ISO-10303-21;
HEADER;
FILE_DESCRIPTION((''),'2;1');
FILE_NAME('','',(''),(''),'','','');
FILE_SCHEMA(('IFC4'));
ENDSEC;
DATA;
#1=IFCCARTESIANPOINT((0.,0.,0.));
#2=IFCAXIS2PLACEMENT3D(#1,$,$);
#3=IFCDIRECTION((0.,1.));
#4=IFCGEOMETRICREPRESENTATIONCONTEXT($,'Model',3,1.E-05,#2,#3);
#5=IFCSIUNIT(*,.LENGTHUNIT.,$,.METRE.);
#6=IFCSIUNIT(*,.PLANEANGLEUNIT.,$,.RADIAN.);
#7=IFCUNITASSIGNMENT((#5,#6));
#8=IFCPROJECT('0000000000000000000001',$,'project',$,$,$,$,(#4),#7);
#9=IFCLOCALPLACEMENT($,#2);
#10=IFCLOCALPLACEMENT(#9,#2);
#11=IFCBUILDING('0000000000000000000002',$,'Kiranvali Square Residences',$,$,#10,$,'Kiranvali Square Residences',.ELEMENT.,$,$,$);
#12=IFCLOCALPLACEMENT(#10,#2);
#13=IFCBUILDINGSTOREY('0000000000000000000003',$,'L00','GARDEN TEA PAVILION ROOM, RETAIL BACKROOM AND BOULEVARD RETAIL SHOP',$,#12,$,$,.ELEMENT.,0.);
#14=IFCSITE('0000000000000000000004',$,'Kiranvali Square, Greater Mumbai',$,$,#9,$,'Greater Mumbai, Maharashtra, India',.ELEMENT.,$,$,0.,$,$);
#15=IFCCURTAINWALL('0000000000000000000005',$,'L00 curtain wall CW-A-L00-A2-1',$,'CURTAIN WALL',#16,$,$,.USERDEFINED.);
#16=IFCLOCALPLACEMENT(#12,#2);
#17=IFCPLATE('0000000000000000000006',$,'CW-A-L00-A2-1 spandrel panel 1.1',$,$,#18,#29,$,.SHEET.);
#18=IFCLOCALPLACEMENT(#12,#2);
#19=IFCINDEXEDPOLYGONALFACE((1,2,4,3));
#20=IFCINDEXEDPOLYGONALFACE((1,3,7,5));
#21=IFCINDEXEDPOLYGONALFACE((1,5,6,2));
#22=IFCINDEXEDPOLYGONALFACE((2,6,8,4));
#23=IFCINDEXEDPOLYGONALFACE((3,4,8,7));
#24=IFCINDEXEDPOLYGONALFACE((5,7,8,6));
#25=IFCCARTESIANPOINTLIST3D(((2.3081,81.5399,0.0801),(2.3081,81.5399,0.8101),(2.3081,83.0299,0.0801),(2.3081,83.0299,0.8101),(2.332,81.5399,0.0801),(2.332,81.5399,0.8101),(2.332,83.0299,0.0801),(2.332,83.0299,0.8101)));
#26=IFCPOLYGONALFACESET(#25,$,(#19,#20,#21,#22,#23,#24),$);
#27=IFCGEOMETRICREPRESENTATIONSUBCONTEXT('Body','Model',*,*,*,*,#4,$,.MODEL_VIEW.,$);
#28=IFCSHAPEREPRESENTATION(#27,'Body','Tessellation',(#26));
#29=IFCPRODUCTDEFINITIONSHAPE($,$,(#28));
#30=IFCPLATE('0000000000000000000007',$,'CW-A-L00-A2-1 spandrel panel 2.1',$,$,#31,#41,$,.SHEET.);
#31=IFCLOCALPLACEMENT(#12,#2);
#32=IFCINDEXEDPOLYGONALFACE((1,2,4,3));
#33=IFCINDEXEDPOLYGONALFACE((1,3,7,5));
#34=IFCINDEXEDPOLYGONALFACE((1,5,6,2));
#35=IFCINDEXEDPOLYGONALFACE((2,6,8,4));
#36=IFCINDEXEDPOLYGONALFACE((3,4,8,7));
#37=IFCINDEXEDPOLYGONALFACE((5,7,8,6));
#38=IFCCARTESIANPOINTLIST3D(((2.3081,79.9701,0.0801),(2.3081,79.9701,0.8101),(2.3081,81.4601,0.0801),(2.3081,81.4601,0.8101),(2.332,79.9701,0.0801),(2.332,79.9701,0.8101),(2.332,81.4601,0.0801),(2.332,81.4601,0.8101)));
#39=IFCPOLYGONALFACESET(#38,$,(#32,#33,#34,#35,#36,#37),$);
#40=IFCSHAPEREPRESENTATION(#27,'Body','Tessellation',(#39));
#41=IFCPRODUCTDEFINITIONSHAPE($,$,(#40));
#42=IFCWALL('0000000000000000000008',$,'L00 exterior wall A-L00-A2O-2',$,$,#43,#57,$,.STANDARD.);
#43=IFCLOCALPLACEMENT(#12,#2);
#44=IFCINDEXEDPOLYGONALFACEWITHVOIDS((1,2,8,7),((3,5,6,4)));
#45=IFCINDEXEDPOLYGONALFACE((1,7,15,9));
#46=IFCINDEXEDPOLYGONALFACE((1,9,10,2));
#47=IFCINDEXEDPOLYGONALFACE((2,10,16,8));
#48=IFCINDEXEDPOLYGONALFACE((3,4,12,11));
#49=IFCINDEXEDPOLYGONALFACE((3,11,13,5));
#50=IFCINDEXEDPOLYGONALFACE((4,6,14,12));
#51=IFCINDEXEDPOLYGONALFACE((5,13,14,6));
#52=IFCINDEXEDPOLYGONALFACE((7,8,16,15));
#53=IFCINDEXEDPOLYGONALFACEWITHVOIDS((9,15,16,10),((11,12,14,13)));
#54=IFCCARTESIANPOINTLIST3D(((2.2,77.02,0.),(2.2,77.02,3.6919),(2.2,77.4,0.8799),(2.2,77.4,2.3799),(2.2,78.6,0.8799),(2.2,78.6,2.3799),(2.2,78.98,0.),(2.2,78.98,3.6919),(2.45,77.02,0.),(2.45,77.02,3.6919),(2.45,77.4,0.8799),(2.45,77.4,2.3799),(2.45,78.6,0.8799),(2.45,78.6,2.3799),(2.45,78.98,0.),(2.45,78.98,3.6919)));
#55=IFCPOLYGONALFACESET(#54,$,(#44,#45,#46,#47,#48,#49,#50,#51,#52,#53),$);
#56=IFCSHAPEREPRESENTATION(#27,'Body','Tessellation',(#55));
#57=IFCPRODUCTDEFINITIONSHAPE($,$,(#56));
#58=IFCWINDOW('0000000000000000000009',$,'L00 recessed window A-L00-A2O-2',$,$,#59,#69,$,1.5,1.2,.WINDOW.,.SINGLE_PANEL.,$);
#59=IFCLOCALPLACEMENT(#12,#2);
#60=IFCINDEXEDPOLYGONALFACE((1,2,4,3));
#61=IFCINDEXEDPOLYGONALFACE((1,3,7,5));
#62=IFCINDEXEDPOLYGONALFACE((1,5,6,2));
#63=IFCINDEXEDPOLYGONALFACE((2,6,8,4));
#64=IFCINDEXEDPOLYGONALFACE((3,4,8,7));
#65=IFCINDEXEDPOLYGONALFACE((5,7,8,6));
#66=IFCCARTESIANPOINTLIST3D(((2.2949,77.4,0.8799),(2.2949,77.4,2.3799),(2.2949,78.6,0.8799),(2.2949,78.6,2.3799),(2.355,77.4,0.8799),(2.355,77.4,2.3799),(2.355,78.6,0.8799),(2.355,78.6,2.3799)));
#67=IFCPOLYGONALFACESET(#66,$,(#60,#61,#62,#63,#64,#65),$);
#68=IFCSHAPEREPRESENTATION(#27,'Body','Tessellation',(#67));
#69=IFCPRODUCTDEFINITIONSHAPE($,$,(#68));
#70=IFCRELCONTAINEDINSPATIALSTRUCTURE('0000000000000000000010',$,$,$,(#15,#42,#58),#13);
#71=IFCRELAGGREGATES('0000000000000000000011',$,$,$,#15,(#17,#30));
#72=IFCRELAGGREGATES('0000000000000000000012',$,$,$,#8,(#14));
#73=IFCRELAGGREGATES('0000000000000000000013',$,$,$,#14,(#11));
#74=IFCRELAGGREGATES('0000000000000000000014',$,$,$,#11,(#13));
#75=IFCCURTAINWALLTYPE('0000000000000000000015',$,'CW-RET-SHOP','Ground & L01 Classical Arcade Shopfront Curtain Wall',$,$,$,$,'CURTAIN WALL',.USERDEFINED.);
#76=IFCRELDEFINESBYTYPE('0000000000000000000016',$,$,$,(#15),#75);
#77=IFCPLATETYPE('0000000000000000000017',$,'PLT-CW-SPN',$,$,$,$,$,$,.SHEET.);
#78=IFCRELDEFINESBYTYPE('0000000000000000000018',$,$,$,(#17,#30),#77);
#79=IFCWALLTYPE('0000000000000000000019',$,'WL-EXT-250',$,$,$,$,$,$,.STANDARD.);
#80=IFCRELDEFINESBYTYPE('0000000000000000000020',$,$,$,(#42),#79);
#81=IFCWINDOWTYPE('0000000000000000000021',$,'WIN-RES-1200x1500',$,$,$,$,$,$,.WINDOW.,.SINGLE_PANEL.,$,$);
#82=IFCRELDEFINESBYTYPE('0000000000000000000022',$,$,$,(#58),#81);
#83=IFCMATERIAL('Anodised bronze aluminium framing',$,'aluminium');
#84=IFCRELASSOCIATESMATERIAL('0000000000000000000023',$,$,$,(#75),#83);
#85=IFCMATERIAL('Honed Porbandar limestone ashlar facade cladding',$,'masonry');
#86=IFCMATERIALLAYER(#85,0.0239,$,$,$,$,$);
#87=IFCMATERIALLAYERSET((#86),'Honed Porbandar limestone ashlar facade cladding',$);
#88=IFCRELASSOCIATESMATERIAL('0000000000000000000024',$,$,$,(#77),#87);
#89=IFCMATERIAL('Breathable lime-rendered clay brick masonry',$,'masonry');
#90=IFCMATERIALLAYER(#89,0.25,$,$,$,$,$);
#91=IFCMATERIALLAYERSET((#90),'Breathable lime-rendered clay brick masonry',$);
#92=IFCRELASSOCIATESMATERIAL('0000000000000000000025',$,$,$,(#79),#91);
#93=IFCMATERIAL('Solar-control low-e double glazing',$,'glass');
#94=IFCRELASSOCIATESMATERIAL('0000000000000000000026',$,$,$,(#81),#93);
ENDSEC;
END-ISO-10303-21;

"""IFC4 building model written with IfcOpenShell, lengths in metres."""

from ifc_helpers import new_model, si_unit, direction, frame, frame_2d, origin, origin_2d, place, context, subcontext, project, spatial, rectangle, extrude, material, layer, layer_set, type_object, element, fill, aggregate, save


model = new_model("IFC4")

# Units and contexts
model_context = context("Model", 3, precision=1e-05, world=origin(), true_north=direction((0.0, 1.0)))
body_context = subcontext(model_context, "Body", "Model", "MODEL_VIEW")
ifc_project = project(units=[si_unit("LENGTHUNIT", "METRE"), si_unit("PLANEANGLEUNIT", "RADIAN")], contexts=[model_context])

# Site, building, storey
site_placement = place(None, origin())
site = spatial("IfcSite", under=ifc_project, at=site_placement, Name="Kiranvali Square, Greater Mumbai", LongName="Greater Mumbai, Maharashtra, India", CompositionType="ELEMENT", RefElevation=0.0)
building_placement = place(site_placement, origin())
building = spatial("IfcBuilding", under=site, at=building_placement, Name="Kiranvali Square Residences", LongName="Kiranvali Square Residences", CompositionType="ELEMENT")
storey_placement = place(building_placement, origin())
storey = spatial("IfcBuildingStorey", under=building, at=storey_placement, Name="L00", Description="GARDEN TEA PAVILION ROOM, RETAIL BACKROOM AND BOULEVARD RETAIL SHOP", CompositionType="ELEMENT", Elevation=0.0)

# Curtain wall
ifc_material_1 = material(Name="Anodised bronze aluminium framing", Category="aluminium")
curtain_wall_type = type_object("IfcCurtainWallType", Name="CW-RET-SHOP", Description="Ground & L01 Classical Arcade Shopfront Curtain Wall", ElementType="CURTAIN WALL", PredefinedType="USERDEFINED", material=ifc_material_1)
curtain_wall_placement = place(storey_placement, origin())
curtain_wall = element("IfcCurtainWall", 1, at=curtain_wall_placement, inside=storey, type_object=curtain_wall_type, Name="L00 curtain wall CW-A-L00-A2-1", ObjectType="CURTAIN WALL", PredefinedType="USERDEFINED")

# Plates
ifc_material_2 = material(Name="Solar-control low-e double glazing", Category="glass")
ifc_material_3 = material(Name="Honed Porbandar limestone ashlar facade cladding", Category="masonry")
ifc_layer_1 = layer(ifc_material_3, 0.0239)
ifc_layer_set_1 = layer_set([ifc_layer_1], Name="Honed Porbandar limestone ashlar facade cladding")
plate_type_1 = type_object("IfcPlateType", Name="PLT-CW-SPN", PredefinedType="SHEET", material=ifc_layer_set_1)
plate_1_placement = place(storey_placement, frame((2.3201, 82.2849, 0.0801), z_axis=(0.0, 0.0, 1.0), x_axis=(0.0, -1.0, 0.0)))
plate_1 = element("IfcPlate", 2, at=plate_1_placement, type_object=plate_type_1, Name="CW-A-L00-A2-1 spandrel panel 1.1", PredefinedType="SHEET", context=body_context, shape_type="SweptSolid", body=[
    extrude(rectangle(XDim=1.49, YDim=0.0239, at=origin_2d()), origin(), (0.0, 0.0, 1.0), 0.73),
])
plate_2_placement = place(storey_placement, frame((2.3201, 80.7151, 0.0801), z_axis=(0.0, 0.0, 1.0), x_axis=(0.0, -1.0, 0.0)))
plate_2 = element("IfcPlate", 3, at=plate_2_placement, type_object=plate_type_1, Name="CW-A-L00-A2-1 spandrel panel 2.1", PredefinedType="SHEET", context=body_context, shape_type="SweptSolid", body=[
    extrude(rectangle(XDim=1.49, YDim=0.0239, at=origin_2d()), origin(), (0.0, 0.0, 1.0), 0.73),
])
aggregate(curtain_wall, [plate_1, plate_2])

# Wall, opening, window
ifc_material_4 = material(Name="Breathable lime-rendered clay brick masonry", Category="masonry")
ifc_layer_2 = layer(ifc_material_4, 0.25)
ifc_layer_set_2 = layer_set([ifc_layer_2], Name="Breathable lime-rendered clay brick masonry")
wall_type = type_object("IfcWallType", Name="WL-EXT-250", PredefinedType="STANDARD", material=ifc_layer_set_2)
wall_placement = place(storey_placement, frame((2.325, 78.98, 0.0), z_axis=(0.0, 0.0, 1.0), x_axis=(0.0, -1.0, 0.0)))
wall = element("IfcWall", 4, at=wall_placement, inside=storey, type_object=wall_type, Name="L00 exterior wall A-L00-A2O-2", PredefinedType="STANDARD", context=body_context, shape_type="SweptSolid", body=[
    extrude(rectangle(XDim=1.96, YDim=0.25, at=frame_2d((0.98, 0.0))), origin(), (0.0, 0.0, 1.0), 3.6919),
])
opening_placement = place(wall_placement, frame((0.3799, 0.0, 0.8799)))
opening = element("IfcOpeningElement", 5, at=opening_placement, cuts=wall, PredefinedType="OPENING", context=body_context, shape_type="SweptSolid", body=[
    extrude(rectangle(XDim=1.2, YDim=1.5, at=frame_2d((0.6001, 0.75))), frame((0.0, 0.135, 0.0), z_axis=(0.0, -1.0, 0.0), x_axis=(1.0, 0.0, 0.0)), (0.0, 0.0, 1.0), 0.27),
])
window_type = type_object("IfcWindowType", Name="WIN-RES-1200x1500", PartitioningType="SINGLE_PANEL", PredefinedType="WINDOW", material=ifc_material_2)
window_placement = place(opening_placement, origin())
window = element("IfcWindow", 6, at=window_placement, inside=storey, type_object=window_type, Name="L00 recessed window A-L00-A2O-2", OverallHeight=1.5, OverallWidth=1.2, PartitioningType="SINGLE_PANEL", PredefinedType="WINDOW", context=body_context, shape_type="SweptSolid", body=[
    extrude(rectangle(XDim=1.2, YDim=1.5, at=frame_2d((0.6001, 0.75))), frame((0.0, 0.03, 0.0), z_axis=(0.0, -1.0, 0.0), x_axis=(1.0, 0.0, 0.0)), (0.0, 0.0, 1.0), 0.0601),
])
fill(opening, window)

save(model, "model.ifc")
